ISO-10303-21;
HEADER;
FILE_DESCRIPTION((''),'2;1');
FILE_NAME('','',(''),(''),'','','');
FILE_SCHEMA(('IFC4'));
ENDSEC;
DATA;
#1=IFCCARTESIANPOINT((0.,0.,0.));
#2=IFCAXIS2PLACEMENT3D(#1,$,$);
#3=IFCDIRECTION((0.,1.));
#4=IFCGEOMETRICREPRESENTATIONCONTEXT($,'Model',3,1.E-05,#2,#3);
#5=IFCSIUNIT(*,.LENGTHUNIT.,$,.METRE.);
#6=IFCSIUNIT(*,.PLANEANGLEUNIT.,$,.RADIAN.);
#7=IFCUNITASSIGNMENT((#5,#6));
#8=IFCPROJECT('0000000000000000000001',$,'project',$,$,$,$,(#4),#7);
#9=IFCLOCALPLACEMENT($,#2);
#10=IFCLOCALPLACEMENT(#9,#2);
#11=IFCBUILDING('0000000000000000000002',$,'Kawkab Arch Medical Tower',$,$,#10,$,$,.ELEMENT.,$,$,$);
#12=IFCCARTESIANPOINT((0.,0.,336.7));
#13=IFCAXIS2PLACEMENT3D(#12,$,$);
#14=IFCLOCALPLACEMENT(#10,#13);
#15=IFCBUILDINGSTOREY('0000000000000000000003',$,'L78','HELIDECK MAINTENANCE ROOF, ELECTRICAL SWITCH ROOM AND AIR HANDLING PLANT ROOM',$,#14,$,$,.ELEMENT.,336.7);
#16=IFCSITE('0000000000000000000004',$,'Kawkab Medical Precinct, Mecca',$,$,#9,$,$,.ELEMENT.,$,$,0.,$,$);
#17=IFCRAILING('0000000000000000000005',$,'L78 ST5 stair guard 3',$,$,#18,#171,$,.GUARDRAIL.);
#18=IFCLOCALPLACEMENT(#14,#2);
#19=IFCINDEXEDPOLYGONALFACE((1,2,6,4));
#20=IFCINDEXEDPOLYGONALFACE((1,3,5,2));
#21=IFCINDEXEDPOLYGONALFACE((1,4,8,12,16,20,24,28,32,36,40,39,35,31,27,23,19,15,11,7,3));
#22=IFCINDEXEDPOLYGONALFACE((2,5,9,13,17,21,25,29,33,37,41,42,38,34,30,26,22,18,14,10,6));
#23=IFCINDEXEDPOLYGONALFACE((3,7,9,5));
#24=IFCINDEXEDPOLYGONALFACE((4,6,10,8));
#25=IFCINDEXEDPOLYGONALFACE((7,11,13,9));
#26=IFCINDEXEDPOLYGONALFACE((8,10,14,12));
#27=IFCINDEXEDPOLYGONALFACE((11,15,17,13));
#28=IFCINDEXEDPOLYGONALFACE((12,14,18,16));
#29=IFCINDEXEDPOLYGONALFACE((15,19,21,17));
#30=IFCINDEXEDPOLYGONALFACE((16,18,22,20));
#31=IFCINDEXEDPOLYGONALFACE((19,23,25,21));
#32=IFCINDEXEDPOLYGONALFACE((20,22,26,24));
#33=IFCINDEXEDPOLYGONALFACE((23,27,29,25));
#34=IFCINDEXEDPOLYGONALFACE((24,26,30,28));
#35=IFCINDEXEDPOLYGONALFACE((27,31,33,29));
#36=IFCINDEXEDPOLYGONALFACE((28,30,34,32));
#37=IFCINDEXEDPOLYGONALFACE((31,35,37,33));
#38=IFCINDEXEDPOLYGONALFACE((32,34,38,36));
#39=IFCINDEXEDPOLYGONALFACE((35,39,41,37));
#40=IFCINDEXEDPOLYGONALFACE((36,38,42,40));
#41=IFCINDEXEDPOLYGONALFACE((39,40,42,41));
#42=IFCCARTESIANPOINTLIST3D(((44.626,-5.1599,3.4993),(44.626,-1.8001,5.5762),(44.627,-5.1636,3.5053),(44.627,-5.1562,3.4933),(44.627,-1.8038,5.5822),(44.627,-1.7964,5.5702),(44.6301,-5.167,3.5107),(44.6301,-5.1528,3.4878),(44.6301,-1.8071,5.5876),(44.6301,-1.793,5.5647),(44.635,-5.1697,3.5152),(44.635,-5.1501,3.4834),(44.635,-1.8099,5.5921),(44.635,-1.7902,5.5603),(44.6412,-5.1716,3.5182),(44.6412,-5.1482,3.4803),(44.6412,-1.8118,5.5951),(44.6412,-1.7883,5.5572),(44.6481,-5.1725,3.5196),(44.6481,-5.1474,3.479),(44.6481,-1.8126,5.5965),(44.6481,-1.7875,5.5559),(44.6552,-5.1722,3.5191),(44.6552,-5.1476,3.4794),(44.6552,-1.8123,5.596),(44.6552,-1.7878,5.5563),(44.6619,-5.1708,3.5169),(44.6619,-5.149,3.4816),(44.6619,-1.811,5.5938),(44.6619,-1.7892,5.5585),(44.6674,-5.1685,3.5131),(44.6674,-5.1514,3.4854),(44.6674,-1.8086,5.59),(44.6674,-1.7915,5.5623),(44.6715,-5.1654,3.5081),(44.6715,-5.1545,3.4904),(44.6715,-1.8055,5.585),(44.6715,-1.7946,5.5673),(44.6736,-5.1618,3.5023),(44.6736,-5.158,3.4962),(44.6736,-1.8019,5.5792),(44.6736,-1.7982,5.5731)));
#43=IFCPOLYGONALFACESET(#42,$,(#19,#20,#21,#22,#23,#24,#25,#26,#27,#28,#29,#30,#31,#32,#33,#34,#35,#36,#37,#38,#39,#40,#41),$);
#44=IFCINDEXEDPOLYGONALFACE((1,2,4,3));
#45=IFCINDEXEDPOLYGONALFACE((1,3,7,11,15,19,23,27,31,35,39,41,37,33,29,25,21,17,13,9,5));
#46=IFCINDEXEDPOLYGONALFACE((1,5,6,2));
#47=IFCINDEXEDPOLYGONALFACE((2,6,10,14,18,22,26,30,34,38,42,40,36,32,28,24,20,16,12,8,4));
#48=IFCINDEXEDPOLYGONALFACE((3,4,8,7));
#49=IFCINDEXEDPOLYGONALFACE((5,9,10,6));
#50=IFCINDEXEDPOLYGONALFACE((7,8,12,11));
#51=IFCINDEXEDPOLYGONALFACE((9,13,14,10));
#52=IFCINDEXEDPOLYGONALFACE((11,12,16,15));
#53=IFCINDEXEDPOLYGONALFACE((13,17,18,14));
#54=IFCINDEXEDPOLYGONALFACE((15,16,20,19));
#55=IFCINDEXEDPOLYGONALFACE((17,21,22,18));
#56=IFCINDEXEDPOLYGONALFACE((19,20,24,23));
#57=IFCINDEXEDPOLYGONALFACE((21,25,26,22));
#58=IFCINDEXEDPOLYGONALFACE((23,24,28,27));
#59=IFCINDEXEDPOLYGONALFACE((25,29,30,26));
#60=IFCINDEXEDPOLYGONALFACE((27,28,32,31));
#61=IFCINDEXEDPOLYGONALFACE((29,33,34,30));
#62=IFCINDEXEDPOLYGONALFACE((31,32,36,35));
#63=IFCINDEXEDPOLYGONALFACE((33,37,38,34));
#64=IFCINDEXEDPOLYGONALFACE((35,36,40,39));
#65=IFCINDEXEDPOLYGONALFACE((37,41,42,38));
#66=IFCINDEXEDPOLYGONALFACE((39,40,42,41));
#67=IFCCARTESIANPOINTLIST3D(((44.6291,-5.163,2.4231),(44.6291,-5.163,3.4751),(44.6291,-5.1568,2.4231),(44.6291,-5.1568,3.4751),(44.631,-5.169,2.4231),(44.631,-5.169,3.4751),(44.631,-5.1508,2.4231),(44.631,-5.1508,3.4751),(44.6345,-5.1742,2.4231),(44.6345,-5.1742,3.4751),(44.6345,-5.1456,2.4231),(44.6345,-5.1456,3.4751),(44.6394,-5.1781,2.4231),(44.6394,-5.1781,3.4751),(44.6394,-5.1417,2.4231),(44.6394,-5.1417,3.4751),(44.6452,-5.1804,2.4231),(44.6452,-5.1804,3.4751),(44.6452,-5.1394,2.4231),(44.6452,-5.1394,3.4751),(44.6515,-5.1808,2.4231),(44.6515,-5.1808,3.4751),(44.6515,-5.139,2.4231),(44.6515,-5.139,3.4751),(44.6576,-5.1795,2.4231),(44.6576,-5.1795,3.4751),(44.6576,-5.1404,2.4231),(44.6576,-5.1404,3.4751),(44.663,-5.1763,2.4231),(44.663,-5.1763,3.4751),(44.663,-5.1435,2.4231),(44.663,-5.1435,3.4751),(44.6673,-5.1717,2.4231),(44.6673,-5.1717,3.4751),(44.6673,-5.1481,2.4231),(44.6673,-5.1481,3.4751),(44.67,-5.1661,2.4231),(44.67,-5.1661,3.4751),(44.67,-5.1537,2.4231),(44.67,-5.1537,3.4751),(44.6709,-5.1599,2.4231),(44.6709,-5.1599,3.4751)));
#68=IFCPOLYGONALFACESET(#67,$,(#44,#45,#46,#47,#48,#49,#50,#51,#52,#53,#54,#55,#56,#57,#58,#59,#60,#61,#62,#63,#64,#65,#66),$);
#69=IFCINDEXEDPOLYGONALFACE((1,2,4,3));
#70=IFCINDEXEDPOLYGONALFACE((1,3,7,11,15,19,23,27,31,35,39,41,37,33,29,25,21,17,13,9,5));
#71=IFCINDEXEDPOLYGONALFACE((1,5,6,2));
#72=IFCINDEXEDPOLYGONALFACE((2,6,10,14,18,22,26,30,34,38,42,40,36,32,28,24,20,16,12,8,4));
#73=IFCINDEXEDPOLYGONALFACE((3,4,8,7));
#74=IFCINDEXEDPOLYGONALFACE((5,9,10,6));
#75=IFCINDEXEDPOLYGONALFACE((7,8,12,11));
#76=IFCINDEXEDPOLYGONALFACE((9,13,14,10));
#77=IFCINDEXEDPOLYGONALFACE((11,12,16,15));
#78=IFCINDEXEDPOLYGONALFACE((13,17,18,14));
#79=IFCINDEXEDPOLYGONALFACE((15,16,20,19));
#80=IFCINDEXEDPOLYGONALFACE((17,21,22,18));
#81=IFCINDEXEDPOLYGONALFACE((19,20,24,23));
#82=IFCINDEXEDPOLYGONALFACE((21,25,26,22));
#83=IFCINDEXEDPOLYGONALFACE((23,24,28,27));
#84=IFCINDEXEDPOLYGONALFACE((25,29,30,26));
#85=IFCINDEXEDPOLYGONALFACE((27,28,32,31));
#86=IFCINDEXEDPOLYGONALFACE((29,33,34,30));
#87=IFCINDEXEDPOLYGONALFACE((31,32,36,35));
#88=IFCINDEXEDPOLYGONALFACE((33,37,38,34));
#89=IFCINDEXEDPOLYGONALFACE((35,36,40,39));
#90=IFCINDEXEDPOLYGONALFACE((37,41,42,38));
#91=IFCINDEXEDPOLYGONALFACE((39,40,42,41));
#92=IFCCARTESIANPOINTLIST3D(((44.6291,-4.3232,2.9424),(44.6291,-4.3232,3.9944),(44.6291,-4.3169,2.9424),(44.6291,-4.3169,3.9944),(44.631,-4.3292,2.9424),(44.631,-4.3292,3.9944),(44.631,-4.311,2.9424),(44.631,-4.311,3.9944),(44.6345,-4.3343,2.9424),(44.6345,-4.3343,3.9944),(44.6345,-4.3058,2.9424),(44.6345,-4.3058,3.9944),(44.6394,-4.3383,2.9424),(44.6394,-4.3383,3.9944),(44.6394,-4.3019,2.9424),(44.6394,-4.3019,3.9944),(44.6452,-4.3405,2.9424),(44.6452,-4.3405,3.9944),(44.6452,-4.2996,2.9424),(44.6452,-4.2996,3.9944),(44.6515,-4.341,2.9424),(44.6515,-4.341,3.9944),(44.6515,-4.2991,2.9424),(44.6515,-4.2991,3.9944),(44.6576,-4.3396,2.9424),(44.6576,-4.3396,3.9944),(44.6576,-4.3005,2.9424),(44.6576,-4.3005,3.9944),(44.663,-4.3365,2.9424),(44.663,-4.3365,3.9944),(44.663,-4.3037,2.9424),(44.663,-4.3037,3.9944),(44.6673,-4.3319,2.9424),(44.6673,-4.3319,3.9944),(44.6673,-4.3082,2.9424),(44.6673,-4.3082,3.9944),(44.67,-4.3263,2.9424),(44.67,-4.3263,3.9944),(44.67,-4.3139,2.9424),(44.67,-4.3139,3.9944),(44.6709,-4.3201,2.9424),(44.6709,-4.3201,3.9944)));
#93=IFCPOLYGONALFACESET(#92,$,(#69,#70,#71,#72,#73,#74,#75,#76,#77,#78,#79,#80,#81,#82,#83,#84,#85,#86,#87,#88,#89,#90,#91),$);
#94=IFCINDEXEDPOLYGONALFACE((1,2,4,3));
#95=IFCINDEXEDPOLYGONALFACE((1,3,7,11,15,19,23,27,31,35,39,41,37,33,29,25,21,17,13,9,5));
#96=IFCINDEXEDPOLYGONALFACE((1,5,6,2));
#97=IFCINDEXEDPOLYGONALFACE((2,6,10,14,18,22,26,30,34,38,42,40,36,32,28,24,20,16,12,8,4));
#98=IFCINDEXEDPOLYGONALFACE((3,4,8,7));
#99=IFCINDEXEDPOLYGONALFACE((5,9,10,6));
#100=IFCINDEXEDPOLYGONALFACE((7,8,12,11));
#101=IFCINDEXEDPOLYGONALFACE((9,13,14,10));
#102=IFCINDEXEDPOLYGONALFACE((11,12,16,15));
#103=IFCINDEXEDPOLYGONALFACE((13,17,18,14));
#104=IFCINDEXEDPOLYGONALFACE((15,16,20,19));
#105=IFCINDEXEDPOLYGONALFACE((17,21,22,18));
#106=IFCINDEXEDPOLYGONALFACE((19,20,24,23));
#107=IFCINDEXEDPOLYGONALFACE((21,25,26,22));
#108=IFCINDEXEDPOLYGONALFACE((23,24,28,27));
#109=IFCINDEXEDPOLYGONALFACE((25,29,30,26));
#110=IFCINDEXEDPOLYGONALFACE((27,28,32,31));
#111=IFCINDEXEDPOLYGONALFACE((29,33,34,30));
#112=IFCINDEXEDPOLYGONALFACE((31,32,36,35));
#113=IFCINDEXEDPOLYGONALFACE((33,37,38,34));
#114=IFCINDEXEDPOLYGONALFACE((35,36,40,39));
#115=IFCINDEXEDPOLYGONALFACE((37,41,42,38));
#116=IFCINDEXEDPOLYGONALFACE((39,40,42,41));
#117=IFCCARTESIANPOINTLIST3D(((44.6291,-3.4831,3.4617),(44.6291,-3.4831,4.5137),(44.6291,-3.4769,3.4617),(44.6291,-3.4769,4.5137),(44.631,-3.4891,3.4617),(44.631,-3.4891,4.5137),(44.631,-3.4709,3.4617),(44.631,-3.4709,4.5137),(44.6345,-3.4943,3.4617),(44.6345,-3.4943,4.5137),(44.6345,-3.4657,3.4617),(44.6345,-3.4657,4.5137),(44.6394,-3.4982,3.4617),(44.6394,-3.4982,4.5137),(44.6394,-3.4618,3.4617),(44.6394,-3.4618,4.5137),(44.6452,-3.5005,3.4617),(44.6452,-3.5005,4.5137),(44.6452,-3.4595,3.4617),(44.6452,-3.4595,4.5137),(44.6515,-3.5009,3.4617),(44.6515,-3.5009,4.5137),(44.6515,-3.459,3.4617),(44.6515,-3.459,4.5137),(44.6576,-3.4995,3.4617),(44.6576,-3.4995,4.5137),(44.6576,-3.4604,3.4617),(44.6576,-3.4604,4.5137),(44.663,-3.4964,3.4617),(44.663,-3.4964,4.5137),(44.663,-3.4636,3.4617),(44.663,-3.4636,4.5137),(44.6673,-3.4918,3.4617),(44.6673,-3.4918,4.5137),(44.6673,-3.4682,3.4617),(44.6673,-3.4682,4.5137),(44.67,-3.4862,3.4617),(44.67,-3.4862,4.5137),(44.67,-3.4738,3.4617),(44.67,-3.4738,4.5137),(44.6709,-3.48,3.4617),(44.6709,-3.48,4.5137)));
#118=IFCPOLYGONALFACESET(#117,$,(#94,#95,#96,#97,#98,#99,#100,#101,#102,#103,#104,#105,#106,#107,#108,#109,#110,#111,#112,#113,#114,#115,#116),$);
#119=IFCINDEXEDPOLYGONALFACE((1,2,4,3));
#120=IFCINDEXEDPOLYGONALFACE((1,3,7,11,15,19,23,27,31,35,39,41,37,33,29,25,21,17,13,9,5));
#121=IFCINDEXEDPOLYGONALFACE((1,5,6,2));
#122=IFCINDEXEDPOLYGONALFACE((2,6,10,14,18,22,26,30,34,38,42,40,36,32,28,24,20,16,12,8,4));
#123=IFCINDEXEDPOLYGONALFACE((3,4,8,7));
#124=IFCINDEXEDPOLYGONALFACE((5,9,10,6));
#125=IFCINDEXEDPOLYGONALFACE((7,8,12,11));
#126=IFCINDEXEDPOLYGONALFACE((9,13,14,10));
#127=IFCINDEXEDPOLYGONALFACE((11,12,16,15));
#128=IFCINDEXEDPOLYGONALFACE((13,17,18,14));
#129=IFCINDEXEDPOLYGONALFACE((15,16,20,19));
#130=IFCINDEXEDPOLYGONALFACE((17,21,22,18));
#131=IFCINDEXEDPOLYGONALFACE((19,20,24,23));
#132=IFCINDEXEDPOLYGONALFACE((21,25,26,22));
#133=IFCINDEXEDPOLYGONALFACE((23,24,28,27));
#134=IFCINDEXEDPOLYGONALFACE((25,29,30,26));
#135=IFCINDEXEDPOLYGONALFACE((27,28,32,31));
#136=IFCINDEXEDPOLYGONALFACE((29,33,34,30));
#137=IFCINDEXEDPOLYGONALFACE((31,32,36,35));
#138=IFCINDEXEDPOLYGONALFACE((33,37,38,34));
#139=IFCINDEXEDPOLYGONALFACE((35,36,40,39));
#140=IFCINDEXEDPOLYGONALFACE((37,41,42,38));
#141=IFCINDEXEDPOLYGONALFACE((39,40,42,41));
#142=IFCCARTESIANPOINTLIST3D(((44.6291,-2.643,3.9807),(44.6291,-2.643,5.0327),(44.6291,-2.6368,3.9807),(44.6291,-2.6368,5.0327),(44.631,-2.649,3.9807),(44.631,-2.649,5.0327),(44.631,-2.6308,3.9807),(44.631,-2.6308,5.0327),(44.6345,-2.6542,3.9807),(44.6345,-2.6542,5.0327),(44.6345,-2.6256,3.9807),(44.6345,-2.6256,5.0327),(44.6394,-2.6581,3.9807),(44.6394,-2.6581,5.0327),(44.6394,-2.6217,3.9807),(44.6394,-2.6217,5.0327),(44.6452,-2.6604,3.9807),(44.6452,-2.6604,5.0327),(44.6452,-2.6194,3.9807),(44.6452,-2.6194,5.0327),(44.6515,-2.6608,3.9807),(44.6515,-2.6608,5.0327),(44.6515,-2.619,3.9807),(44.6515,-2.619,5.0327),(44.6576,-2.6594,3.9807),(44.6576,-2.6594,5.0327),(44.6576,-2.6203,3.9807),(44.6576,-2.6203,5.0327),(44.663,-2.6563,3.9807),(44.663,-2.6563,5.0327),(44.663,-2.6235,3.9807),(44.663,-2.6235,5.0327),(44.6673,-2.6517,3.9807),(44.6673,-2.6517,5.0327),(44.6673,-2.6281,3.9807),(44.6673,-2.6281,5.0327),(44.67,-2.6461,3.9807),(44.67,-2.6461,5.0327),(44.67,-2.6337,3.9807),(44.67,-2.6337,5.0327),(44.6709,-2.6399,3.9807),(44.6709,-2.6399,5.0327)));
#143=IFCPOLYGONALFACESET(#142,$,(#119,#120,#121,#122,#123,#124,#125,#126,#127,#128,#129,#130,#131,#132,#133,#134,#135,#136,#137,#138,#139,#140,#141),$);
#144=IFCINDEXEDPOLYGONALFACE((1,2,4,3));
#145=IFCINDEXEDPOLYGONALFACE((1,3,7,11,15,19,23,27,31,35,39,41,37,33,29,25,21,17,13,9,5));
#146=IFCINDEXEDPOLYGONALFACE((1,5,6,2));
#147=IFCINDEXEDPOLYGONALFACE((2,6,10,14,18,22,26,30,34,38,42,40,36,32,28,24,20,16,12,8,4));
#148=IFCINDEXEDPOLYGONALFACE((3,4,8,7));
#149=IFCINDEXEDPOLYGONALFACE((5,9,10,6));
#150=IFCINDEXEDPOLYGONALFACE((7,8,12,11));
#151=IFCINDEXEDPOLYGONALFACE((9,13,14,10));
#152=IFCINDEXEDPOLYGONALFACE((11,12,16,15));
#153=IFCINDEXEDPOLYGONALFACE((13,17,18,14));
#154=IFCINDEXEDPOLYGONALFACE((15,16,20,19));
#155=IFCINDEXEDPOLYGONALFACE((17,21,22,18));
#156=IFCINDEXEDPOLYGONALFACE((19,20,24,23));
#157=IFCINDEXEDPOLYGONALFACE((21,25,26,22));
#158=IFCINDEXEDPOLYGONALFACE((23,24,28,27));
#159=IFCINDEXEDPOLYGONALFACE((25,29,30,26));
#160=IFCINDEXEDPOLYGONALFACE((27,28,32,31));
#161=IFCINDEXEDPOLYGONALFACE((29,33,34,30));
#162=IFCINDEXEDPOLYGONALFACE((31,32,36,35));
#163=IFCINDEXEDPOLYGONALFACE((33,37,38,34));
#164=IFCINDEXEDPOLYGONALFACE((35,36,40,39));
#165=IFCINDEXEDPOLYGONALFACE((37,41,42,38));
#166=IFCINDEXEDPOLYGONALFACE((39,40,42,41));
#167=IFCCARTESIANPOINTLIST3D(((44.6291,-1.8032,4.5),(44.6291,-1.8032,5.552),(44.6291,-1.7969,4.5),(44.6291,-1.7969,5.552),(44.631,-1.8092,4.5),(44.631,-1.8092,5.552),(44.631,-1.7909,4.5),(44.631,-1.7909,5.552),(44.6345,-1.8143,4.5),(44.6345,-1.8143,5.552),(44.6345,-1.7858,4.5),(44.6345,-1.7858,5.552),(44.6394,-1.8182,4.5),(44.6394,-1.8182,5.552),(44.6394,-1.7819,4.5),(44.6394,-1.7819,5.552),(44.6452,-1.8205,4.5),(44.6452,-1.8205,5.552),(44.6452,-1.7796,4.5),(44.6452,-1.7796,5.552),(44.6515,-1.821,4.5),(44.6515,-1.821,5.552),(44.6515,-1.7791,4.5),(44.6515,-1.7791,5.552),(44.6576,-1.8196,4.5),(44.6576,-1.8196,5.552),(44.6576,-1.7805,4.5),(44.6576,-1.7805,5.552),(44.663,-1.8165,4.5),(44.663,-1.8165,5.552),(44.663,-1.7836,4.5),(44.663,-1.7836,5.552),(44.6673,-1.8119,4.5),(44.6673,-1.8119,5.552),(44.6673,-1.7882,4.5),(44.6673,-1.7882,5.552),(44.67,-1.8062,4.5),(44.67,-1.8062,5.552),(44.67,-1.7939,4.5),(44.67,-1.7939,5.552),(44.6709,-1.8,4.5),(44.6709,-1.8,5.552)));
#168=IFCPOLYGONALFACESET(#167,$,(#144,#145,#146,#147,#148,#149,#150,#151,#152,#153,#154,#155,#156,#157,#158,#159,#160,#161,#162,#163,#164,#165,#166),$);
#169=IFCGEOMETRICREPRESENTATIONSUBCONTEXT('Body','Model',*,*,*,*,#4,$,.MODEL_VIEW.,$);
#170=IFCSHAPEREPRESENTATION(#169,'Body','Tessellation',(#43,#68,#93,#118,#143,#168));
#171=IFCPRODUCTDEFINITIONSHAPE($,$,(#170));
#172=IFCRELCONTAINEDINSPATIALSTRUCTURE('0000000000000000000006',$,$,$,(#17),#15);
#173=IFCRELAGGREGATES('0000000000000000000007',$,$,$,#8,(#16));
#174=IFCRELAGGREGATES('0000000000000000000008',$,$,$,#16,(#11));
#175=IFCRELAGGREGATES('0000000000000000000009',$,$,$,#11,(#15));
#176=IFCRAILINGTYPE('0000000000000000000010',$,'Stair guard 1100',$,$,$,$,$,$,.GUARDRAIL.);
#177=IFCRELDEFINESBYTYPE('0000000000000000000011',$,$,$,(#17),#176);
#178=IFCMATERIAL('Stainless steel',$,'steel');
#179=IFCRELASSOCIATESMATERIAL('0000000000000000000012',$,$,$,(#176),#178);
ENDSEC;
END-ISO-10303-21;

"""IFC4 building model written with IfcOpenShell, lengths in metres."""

from ifc_helpers import new_model, si_unit, direction, frame, origin, origin_2d, place, context, subcontext, project, spatial, circle, extrude, material, type_object, element, save


model = new_model("IFC4")

# Units and contexts
model_context = context("Model", 3, precision=1e-05, world=origin(), true_north=direction((0.0, 1.0)))
body_context = subcontext(model_context, "Body", "Model", "MODEL_VIEW")
ifc_project = project(units=[si_unit("LENGTHUNIT", "METRE"), si_unit("PLANEANGLEUNIT", "RADIAN")], contexts=[model_context])

# Site, building, storey
site_placement = place(None, origin())
site = spatial("IfcSite", under=ifc_project, at=site_placement, Name="Kawkab Medical Precinct, Mecca", CompositionType="ELEMENT", RefElevation=0.0)
building_placement = place(site_placement, origin())
building = spatial("IfcBuilding", under=site, at=building_placement, Name="Kawkab Arch Medical Tower", CompositionType="ELEMENT")
storey_placement = place(building_placement, frame((0.0, 0.0, 336.7)))
storey = spatial("IfcBuildingStorey", under=building, at=storey_placement, Name="L78", Description="HELIDECK MAINTENANCE ROOF, ELECTRICAL SWITCH ROOM AND AIR HANDLING PLANT ROOM", CompositionType="ELEMENT", Elevation=336.7)

# Railing
ifc_material_1 = material(Name="Stainless steel", Category="steel")
railing_type = type_object("IfcRailingType", Name="Stair guard 1100", PredefinedType="GUARDRAIL", material=ifc_material_1)
railing_1_placement = place(storey_placement, frame((44.6499, -5.1599, 2.4231)))
element("IfcRailing", 1, at=railing_1_placement, inside=storey, type_object=railing_type, Name="L78 ST5 stair guard 3", PredefinedType="GUARDRAIL", context=body_context, shape_type="SweptSolid", body=[
    extrude(circle(Radius=0.0239, at=origin_2d()), frame((0.0, 0.0, 1.0762), z_axis=(0.0, 0.850606, 0.525803), x_axis=(-1.0, 0.0, 0.0)), (0.0, 0.0, 1.0), 3.95),
    extrude(circle(Radius=0.021, at=origin_2d()), origin(), (0.0, 0.0, 1.0), 1.052),
    extrude(circle(Radius=0.021, at=origin_2d()), frame((0.0, 0.8398, 0.5193)), (0.0, 0.0, 1.0), 1.052),
    extrude(circle(Radius=0.021, at=origin_2d()), frame((0.0, 1.6799, 1.0386)), (0.0, 0.0, 1.0), 1.052),
    extrude(circle(Radius=0.021, at=origin_2d()), frame((0.0, 2.52, 1.5576)), (0.0, 0.0, 1.0), 1.052),
    extrude(circle(Radius=0.021, at=origin_2d()), frame((0.0, 3.3599, 2.0769)), (0.0, 0.0, 1.0), 1.052),
])

save(model, "model.ifc")
